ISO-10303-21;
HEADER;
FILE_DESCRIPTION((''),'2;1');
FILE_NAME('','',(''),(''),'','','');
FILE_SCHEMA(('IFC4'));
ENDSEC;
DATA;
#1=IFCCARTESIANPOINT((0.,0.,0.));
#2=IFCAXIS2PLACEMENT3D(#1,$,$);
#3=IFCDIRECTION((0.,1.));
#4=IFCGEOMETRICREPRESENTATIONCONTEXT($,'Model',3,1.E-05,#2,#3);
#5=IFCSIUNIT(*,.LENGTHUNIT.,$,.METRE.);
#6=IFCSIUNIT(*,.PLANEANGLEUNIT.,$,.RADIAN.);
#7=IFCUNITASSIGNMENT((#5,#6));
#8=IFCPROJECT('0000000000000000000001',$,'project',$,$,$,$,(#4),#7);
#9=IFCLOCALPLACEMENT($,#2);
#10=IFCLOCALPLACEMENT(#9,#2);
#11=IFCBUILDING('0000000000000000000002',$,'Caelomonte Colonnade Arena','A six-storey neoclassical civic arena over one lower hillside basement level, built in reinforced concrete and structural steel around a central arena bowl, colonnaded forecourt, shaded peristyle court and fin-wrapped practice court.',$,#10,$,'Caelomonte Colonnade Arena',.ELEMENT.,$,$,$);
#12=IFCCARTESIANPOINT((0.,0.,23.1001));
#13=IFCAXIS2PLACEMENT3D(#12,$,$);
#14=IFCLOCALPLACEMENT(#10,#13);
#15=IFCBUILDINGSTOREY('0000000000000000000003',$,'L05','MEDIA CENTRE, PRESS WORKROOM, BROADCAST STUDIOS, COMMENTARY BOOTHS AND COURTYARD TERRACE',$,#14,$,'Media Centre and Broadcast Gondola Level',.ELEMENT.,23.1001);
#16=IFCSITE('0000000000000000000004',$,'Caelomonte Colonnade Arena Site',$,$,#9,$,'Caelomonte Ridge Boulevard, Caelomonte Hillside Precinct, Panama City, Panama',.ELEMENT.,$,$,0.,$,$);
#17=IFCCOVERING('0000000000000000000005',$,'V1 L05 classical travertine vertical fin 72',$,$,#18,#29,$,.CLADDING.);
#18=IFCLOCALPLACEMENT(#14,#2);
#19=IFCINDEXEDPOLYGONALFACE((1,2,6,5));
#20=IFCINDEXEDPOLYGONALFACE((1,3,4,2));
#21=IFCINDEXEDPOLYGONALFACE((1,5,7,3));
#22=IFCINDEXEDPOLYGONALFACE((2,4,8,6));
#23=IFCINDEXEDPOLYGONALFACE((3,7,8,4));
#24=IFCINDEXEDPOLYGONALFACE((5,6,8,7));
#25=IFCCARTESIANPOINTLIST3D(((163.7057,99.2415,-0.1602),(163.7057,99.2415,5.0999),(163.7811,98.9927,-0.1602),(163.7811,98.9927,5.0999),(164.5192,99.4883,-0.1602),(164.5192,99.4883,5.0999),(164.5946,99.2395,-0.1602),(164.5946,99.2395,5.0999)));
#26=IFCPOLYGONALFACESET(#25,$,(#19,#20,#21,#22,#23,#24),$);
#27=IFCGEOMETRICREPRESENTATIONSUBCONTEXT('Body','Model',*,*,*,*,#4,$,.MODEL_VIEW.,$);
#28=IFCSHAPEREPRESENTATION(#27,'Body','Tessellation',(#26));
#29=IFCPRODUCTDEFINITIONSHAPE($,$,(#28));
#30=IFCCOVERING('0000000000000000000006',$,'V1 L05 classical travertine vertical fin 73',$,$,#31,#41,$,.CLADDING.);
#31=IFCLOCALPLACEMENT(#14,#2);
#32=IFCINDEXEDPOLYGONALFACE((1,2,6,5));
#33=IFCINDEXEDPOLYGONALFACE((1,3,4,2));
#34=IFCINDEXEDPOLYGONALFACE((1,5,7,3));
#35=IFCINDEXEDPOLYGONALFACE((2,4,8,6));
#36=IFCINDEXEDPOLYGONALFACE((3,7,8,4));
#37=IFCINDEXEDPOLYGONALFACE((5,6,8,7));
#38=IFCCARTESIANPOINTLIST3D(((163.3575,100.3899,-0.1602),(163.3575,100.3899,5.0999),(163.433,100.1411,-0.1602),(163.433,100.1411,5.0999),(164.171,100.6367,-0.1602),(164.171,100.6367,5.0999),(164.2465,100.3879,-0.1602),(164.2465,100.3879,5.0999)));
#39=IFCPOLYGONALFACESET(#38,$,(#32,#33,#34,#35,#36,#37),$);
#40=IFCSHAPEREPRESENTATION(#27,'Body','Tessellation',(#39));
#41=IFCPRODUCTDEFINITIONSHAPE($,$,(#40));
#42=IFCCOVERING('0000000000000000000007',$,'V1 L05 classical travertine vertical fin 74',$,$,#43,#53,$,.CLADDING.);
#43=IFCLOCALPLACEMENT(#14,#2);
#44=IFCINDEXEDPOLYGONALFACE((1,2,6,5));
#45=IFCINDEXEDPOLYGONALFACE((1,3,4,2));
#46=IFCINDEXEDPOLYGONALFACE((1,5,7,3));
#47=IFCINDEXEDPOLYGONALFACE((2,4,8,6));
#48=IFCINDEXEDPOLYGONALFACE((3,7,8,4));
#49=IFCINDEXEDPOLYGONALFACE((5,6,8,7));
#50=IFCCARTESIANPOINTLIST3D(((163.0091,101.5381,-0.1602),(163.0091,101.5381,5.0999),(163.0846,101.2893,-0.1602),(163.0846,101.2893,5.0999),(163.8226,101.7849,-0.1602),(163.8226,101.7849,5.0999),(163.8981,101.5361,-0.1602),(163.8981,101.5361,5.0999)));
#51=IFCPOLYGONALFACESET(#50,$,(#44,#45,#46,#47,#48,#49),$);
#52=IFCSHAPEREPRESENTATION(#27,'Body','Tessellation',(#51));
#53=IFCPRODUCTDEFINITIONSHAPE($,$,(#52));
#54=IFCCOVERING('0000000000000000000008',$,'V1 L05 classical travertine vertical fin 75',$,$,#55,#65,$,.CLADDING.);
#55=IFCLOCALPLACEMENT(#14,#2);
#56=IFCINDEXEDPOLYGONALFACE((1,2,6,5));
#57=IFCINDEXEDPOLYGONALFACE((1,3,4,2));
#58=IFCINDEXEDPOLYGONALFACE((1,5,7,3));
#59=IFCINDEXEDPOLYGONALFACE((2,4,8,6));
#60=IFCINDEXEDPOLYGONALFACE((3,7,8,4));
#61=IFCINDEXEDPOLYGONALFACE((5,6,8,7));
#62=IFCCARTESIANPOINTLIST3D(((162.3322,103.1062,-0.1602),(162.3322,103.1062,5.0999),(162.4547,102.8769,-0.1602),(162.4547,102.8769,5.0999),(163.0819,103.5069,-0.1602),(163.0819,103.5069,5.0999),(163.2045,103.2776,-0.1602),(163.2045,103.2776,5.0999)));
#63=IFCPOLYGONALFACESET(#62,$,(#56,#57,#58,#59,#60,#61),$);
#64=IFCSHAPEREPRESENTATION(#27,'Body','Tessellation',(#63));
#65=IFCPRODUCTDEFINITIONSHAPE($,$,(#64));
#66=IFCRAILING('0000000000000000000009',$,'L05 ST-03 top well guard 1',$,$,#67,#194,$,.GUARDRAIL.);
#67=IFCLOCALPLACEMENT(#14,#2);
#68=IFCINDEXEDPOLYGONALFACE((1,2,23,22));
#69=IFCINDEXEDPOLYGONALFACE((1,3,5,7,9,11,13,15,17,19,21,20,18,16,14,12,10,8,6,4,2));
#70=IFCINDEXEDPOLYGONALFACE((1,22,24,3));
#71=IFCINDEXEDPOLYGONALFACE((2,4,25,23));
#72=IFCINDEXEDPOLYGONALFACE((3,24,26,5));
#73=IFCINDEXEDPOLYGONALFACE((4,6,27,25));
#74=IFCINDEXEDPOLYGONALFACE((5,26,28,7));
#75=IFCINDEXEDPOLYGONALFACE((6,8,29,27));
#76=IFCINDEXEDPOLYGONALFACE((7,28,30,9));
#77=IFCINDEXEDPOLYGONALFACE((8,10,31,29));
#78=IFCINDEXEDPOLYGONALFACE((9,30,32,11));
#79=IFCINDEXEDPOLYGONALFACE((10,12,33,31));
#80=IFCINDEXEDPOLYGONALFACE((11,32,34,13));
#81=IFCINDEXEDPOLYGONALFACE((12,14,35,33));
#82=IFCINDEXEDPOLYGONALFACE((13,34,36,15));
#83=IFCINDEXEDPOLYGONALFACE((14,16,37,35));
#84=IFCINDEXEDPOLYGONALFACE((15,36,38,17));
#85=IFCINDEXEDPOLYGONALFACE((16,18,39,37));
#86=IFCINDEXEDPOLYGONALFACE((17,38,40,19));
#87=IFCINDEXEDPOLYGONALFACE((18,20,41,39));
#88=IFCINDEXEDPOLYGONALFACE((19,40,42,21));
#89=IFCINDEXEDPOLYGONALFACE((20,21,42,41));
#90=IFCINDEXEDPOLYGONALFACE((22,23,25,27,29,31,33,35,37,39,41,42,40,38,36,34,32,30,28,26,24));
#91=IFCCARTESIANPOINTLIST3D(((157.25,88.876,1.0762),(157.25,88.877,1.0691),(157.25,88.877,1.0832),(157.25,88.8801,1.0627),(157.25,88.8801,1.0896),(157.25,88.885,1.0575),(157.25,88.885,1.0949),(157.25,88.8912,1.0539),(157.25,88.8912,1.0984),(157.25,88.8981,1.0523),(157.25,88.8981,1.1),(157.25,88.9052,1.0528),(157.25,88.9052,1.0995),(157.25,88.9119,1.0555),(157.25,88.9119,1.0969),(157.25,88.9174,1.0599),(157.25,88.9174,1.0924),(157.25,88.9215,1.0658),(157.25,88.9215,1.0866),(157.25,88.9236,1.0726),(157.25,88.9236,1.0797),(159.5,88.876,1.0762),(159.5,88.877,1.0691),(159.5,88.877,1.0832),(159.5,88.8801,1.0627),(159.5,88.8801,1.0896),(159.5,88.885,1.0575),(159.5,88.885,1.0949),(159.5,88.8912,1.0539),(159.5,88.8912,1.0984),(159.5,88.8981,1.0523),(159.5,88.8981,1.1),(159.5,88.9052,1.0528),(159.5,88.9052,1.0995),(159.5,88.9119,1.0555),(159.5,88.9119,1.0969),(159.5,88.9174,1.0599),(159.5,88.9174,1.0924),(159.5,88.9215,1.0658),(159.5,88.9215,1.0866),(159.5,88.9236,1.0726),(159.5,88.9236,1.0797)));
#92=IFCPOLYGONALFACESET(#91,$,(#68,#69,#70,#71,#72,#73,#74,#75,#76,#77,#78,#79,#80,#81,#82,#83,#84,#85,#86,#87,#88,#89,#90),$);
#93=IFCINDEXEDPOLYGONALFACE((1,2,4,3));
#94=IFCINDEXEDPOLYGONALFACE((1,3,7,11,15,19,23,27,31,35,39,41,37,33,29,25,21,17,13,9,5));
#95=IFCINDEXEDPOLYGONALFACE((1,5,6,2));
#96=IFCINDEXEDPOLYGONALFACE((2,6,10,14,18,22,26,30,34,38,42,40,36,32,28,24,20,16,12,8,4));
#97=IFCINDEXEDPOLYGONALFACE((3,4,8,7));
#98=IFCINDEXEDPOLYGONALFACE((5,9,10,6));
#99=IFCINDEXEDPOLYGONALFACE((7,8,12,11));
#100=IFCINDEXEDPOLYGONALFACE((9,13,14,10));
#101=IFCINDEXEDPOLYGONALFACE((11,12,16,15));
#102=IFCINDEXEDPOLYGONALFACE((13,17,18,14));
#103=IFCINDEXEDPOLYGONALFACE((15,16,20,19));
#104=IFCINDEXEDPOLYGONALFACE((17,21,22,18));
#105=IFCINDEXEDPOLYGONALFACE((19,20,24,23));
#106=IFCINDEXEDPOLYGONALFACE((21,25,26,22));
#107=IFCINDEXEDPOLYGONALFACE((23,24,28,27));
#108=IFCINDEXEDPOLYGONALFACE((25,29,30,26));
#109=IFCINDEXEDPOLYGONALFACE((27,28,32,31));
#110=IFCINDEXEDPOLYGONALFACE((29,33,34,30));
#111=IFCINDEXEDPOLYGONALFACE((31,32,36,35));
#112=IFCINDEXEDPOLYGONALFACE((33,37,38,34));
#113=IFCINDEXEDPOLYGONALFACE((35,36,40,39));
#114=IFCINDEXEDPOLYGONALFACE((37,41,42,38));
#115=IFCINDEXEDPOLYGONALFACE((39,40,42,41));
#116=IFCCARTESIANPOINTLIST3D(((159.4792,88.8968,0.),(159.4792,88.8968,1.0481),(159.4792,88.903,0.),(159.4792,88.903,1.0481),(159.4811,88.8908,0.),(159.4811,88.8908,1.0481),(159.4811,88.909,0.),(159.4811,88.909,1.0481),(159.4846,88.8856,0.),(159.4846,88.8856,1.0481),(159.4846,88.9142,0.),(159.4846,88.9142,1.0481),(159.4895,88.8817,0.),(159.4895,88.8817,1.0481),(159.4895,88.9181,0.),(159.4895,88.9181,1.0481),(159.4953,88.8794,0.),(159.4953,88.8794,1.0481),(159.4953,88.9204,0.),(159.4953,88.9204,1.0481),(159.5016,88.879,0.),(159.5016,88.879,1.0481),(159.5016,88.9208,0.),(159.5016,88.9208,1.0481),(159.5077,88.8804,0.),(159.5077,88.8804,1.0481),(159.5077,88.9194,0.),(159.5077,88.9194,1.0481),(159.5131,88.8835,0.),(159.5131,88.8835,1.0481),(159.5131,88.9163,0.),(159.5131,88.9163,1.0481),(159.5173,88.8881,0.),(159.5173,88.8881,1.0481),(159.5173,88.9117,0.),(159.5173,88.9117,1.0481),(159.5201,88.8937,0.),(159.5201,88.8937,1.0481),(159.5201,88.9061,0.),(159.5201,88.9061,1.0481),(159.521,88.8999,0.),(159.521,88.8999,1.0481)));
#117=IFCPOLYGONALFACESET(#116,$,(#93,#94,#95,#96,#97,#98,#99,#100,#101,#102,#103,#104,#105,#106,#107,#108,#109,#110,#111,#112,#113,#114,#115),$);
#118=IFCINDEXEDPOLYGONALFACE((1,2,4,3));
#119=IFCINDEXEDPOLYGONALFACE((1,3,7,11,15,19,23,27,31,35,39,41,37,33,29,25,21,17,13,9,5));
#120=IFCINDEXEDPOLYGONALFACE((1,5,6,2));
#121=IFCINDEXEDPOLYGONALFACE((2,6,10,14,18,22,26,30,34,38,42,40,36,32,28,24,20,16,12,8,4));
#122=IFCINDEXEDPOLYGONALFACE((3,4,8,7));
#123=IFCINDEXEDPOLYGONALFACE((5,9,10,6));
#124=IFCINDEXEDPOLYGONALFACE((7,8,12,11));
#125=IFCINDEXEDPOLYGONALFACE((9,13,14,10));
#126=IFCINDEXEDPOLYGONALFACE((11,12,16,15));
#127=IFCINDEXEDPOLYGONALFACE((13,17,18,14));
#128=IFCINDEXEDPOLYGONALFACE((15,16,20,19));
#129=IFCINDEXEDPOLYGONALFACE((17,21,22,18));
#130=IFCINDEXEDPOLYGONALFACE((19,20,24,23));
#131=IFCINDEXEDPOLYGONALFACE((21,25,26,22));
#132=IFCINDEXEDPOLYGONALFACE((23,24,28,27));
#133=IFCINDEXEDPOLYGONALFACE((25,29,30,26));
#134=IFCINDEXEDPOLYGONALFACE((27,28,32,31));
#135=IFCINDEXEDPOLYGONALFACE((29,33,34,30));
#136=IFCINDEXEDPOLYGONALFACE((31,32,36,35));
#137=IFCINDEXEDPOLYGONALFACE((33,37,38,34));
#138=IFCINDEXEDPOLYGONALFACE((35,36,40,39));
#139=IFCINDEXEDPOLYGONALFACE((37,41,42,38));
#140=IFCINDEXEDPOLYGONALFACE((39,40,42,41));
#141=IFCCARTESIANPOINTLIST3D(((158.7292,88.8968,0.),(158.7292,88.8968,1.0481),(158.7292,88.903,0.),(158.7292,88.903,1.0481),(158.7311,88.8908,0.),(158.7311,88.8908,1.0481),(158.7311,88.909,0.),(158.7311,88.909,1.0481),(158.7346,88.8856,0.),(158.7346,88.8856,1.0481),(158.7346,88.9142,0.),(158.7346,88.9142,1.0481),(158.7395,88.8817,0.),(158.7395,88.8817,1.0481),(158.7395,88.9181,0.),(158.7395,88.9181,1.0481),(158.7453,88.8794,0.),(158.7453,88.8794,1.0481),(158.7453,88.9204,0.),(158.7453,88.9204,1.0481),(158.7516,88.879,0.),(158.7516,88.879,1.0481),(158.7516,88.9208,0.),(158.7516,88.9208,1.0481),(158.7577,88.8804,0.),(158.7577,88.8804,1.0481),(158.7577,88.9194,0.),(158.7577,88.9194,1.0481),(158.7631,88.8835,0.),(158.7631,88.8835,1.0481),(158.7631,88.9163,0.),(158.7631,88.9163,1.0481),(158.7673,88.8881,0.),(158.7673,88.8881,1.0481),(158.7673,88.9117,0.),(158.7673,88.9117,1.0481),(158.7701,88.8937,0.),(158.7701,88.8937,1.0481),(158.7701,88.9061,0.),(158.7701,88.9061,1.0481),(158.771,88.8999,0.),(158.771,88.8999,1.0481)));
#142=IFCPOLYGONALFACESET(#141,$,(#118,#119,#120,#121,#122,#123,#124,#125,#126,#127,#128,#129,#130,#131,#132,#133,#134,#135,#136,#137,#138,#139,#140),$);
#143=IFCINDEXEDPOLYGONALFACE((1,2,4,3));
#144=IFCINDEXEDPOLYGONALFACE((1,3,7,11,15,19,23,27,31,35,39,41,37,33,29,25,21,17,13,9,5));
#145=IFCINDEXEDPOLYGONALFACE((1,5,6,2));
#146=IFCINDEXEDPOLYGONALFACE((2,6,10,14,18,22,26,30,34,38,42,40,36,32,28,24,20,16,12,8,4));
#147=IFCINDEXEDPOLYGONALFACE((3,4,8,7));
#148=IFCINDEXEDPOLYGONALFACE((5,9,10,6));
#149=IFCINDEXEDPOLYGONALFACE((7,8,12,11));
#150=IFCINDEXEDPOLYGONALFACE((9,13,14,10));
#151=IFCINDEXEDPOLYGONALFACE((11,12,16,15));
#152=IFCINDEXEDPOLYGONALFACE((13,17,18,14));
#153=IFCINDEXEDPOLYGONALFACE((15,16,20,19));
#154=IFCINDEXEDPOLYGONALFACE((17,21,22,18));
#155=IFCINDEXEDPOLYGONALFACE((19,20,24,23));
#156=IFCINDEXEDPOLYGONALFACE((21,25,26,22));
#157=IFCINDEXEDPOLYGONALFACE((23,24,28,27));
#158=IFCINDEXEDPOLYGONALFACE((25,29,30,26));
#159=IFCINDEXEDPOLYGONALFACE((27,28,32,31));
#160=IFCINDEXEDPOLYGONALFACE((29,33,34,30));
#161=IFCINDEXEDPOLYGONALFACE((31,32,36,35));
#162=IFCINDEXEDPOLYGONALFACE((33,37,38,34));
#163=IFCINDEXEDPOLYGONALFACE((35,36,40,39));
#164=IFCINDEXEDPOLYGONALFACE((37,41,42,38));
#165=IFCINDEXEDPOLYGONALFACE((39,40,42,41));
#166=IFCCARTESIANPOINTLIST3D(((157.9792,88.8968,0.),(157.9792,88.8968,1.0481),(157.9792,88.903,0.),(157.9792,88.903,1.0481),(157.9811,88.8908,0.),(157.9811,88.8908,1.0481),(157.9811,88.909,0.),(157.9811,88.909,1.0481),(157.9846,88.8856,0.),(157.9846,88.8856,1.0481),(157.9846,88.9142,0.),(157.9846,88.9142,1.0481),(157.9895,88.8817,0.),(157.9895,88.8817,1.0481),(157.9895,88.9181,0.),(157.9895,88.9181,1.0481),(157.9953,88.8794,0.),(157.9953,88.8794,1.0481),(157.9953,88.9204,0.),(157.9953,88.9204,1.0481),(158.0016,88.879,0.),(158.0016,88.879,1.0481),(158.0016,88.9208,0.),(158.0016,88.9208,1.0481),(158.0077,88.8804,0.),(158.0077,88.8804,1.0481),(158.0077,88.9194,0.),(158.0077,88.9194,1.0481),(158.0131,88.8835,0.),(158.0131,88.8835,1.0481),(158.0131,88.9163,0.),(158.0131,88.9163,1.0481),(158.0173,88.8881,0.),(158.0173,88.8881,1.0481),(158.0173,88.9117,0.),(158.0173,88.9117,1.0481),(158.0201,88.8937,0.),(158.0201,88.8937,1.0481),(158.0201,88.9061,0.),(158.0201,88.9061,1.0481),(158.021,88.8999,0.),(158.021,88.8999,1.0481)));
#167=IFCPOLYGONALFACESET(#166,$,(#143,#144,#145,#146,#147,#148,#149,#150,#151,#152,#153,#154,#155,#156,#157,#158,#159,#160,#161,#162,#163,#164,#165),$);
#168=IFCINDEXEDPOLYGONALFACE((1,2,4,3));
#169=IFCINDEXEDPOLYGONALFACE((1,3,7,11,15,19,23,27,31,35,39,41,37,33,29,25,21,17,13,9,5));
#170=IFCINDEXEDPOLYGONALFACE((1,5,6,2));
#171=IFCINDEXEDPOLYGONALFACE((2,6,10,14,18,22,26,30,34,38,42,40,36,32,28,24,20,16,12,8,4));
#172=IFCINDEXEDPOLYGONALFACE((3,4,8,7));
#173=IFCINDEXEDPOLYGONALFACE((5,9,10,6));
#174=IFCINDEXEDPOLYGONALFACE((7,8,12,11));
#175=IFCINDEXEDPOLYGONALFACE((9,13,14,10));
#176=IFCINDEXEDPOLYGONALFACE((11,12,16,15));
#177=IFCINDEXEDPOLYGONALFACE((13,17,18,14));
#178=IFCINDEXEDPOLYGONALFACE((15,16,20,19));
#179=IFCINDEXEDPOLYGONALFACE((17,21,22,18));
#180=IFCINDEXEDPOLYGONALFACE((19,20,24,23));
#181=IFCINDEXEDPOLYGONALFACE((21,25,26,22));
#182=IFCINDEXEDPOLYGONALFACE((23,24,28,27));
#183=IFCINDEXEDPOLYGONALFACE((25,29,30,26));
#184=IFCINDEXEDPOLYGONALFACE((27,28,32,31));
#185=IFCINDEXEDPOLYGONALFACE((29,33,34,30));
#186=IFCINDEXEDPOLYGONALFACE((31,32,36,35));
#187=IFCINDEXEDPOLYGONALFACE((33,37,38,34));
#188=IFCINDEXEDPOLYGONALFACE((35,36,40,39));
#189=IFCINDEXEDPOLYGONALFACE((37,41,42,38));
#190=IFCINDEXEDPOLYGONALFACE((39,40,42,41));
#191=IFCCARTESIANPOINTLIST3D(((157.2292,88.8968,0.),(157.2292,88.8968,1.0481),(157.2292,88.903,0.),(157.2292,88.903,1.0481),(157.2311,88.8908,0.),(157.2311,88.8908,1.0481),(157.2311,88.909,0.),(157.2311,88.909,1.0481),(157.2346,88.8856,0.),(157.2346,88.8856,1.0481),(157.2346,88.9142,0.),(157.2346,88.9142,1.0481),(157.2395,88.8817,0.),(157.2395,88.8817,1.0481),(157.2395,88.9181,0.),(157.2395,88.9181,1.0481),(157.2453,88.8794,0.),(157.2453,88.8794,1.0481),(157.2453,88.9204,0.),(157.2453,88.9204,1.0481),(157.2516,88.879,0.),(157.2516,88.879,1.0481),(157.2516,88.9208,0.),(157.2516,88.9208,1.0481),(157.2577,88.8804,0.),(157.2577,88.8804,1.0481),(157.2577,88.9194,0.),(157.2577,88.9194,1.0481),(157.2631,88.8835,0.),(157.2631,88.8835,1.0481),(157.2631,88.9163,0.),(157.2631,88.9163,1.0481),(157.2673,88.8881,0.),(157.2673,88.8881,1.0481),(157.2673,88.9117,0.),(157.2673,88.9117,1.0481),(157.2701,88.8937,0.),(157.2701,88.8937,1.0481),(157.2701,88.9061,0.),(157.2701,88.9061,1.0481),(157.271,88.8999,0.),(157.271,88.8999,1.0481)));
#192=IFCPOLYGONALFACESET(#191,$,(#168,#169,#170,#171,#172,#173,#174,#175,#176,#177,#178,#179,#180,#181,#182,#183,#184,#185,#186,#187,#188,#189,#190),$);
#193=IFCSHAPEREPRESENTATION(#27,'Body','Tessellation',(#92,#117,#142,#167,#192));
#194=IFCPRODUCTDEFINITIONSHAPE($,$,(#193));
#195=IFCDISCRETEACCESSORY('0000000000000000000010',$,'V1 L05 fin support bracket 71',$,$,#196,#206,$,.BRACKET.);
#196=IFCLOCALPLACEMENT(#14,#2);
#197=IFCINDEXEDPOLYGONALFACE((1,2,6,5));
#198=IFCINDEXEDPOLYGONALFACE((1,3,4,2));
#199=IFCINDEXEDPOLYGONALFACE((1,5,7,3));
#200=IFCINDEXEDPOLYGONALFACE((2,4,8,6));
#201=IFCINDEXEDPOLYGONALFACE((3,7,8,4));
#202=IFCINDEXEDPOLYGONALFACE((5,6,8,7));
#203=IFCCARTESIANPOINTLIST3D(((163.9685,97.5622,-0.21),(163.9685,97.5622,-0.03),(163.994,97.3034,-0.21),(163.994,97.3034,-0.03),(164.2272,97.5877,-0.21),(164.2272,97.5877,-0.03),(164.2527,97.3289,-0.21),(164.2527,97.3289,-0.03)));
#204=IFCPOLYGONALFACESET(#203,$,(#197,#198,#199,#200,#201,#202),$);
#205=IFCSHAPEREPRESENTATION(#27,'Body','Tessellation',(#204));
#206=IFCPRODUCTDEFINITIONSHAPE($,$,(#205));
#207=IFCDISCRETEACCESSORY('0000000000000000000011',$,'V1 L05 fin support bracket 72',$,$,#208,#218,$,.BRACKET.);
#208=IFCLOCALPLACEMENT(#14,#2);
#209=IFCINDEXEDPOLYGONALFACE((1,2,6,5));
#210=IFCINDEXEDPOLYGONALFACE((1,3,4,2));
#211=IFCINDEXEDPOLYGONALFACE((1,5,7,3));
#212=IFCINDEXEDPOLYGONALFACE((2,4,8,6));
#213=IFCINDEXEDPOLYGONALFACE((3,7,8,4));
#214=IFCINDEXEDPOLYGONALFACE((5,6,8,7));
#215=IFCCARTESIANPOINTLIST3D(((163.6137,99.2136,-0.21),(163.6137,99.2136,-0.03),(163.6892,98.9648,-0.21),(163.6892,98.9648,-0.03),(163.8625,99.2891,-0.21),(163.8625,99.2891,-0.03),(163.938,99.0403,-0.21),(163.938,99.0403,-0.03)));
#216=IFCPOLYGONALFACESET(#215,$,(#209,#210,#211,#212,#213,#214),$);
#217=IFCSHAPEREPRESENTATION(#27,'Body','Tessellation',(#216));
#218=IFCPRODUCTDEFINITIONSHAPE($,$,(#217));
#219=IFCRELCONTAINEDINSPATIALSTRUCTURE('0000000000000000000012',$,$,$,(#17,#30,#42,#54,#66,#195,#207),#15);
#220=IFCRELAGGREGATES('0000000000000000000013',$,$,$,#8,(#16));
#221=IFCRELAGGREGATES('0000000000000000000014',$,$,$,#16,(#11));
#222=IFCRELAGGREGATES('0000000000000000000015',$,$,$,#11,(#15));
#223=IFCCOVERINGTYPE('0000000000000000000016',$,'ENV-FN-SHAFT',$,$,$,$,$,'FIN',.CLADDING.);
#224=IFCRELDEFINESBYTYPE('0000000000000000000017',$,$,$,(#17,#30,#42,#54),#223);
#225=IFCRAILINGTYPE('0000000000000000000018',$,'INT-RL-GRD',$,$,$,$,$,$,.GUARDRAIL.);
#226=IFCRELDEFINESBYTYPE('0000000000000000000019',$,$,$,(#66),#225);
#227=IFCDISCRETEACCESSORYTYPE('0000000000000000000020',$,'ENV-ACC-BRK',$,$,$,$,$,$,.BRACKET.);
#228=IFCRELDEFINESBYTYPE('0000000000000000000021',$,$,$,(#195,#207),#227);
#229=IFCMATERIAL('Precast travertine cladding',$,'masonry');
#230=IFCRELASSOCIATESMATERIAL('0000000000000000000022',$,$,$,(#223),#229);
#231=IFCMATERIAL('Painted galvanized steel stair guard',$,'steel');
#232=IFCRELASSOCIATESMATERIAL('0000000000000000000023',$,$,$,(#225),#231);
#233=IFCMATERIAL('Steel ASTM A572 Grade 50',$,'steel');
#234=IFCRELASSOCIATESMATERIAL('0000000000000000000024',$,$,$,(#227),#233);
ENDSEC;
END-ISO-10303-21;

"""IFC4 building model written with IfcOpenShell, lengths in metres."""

from ifc_helpers import new_model, si_unit, direction, frame, origin, origin_2d, place, context, subcontext, project, spatial, rectangle, circle, extrude, material, material_profile, profile_set, type_object, element, save


model = new_model("IFC4")

# Units and contexts
model_context = context("Model", 3, precision=1e-05, world=origin(), true_north=direction((0.0, 1.0)))
body_context = subcontext(model_context, "Body", "Model", "MODEL_VIEW")
ifc_project = project(units=[si_unit("LENGTHUNIT", "METRE"), si_unit("PLANEANGLEUNIT", "RADIAN")], contexts=[model_context])

# Site, building, storey
site_placement = place(None, origin())
site = spatial("IfcSite", under=ifc_project, at=site_placement, Name="Caelomonte Colonnade Arena Site", LongName="Caelomonte Ridge Boulevard, Caelomonte Hillside Precinct, Panama City, Panama", CompositionType="ELEMENT", RefElevation=0.0)
building_placement = place(site_placement, origin())
building = spatial("IfcBuilding", under=site, at=building_placement, Name="Caelomonte Colonnade Arena", Description="A six-storey neoclassical civic arena over one lower hillside basement level, built in reinforced concrete and structural steel around a central arena bowl, colonnaded forecourt, shaded peristyle court and fin-wrapped practice court.", LongName="Caelomonte Colonnade Arena", CompositionType="ELEMENT")
storey_placement = place(building_placement, frame((0.0, 0.0, 23.1001)))
storey = spatial("IfcBuildingStorey", under=building, at=storey_placement, Name="L05", Description="MEDIA CENTRE, PRESS WORKROOM, BROADCAST STUDIOS, COMMENTARY BOOTHS AND COURTYARD TERRACE", LongName="Media Centre and Broadcast Gondola Level", CompositionType="ELEMENT", Elevation=23.1001)

# Coverings
ifc_material_1 = material(Name="Precast travertine cladding", Category="masonry")
ifc_material_profile_1 = material_profile(ifc_material_1, rectangle(XDim=0.26, YDim=0.8501, at=origin_2d()), Name="FIN260X850")
ifc_profile_set_1 = profile_set([ifc_material_profile_1], Name="Precast travertine cladding")
covering_type = type_object("IfcCoveringType", Name="ENV-FN-SHAFT", ElementType="FIN", PredefinedType="CLADDING", material=ifc_profile_set_1)
for number, where, z_axis, x_axis, name in (
    (1, (164.1501, 99.2405, -0.1602), (0.0, 0.0, 1.0), (0.290276, -0.956943, 0.0), "V1 L05 classical travertine vertical fin 72"),
    (2, (163.802, 100.3889, -0.1602), (0.0, 0.0, 1.0), (0.290276, -0.956943, 0.0), "V1 L05 classical travertine vertical fin 73"),
    (3, (163.4536, 101.5371, -0.1602), (0.0, 0.0, 1.0), (0.290276, -0.956943, 0.0), "V1 L05 classical travertine vertical fin 74"),
    (4, (162.7683, 103.1919, -0.1602), (0.0, 0.0, 1.0), (0.471397, -0.881921, 0.0), "V1 L05 classical travertine vertical fin 75"),
):
    element("IfcCovering", number, at=place(storey_placement, frame(where, z_axis=z_axis, x_axis=x_axis)), inside=storey, type_object=covering_type, Name=name, PredefinedType="CLADDING", context=body_context, shape_type="SweptSolid", body=[
        extrude(rectangle(XDim=0.26, YDim=0.8501, at=origin_2d()), origin(), (0.0, 0.0, 1.0), 5.26),
    ])

# Railing
ifc_material_2 = material(Name="Painted galvanized steel stair guard", Category="steel")
railing_type_1 = type_object("IfcRailingType", Name="INT-RL-GRD", PredefinedType="GUARDRAIL", material=ifc_material_2)
railing_1_placement = place(storey_placement, frame((159.5, 88.8999, 0.0)))
element("IfcRailing", 5, at=railing_1_placement, inside=storey, type_object=railing_type_1, Name="L05 ST-03 top well guard 1", PredefinedType="GUARDRAIL", context=body_context, shape_type="SweptSolid", body=[
    extrude(circle(Radius=0.0239, at=origin_2d()), frame((0.0, 0.0, 1.0762), z_axis=(-1.0, 0.0, 0.0), x_axis=(0.0, -1.0, 0.0)), (0.0, 0.0, 1.0), 2.25),
    extrude(circle(Radius=0.021, at=origin_2d()), origin(), (0.0, 0.0, 1.0), 1.0481),
    extrude(circle(Radius=0.021, at=origin_2d()), frame((-0.75, 0.0, 0.0)), (0.0, 0.0, 1.0), 1.0481),
    extrude(circle(Radius=0.021, at=origin_2d()), frame((-1.5, 0.0, 0.0)), (0.0, 0.0, 1.0), 1.0481),
    extrude(circle(Radius=0.021, at=origin_2d()), frame((-2.25, 0.0, 0.0)), (0.0, 0.0, 1.0), 1.0481),
])

# Discrete accessories
ifc_material_3 = material(Name="Steel ASTM A572 Grade 50", Category="steel")
discrete_accessory_type = type_object("IfcDiscreteAccessoryType", Name="ENV-ACC-BRK", PredefinedType="BRACKET", material=ifc_material_3)
for number, where, z_axis, x_axis, name in (
    (6, (164.1106, 97.4456, -0.21), (0.0, 0.0, 1.0), (-0.098015, 0.995185, 0.0), "V1 L05 fin support bracket 71"),
    (7, (163.7759, 99.127, -0.21), (0.0, 0.0, 1.0), (-0.290276, 0.956943, 0.0), "V1 L05 fin support bracket 72"),
):
    element("IfcDiscreteAccessory", number, at=place(storey_placement, frame(where, z_axis=z_axis, x_axis=x_axis)), inside=storey, type_object=discrete_accessory_type, Name=name, PredefinedType="BRACKET", context=body_context, shape_type="SweptSolid", body=[
        extrude(rectangle(XDim=0.26, YDim=0.26, at=origin_2d()), origin(), (0.0, 0.0, 1.0), 0.1799),
    ])

save(model, "model.ifc")
